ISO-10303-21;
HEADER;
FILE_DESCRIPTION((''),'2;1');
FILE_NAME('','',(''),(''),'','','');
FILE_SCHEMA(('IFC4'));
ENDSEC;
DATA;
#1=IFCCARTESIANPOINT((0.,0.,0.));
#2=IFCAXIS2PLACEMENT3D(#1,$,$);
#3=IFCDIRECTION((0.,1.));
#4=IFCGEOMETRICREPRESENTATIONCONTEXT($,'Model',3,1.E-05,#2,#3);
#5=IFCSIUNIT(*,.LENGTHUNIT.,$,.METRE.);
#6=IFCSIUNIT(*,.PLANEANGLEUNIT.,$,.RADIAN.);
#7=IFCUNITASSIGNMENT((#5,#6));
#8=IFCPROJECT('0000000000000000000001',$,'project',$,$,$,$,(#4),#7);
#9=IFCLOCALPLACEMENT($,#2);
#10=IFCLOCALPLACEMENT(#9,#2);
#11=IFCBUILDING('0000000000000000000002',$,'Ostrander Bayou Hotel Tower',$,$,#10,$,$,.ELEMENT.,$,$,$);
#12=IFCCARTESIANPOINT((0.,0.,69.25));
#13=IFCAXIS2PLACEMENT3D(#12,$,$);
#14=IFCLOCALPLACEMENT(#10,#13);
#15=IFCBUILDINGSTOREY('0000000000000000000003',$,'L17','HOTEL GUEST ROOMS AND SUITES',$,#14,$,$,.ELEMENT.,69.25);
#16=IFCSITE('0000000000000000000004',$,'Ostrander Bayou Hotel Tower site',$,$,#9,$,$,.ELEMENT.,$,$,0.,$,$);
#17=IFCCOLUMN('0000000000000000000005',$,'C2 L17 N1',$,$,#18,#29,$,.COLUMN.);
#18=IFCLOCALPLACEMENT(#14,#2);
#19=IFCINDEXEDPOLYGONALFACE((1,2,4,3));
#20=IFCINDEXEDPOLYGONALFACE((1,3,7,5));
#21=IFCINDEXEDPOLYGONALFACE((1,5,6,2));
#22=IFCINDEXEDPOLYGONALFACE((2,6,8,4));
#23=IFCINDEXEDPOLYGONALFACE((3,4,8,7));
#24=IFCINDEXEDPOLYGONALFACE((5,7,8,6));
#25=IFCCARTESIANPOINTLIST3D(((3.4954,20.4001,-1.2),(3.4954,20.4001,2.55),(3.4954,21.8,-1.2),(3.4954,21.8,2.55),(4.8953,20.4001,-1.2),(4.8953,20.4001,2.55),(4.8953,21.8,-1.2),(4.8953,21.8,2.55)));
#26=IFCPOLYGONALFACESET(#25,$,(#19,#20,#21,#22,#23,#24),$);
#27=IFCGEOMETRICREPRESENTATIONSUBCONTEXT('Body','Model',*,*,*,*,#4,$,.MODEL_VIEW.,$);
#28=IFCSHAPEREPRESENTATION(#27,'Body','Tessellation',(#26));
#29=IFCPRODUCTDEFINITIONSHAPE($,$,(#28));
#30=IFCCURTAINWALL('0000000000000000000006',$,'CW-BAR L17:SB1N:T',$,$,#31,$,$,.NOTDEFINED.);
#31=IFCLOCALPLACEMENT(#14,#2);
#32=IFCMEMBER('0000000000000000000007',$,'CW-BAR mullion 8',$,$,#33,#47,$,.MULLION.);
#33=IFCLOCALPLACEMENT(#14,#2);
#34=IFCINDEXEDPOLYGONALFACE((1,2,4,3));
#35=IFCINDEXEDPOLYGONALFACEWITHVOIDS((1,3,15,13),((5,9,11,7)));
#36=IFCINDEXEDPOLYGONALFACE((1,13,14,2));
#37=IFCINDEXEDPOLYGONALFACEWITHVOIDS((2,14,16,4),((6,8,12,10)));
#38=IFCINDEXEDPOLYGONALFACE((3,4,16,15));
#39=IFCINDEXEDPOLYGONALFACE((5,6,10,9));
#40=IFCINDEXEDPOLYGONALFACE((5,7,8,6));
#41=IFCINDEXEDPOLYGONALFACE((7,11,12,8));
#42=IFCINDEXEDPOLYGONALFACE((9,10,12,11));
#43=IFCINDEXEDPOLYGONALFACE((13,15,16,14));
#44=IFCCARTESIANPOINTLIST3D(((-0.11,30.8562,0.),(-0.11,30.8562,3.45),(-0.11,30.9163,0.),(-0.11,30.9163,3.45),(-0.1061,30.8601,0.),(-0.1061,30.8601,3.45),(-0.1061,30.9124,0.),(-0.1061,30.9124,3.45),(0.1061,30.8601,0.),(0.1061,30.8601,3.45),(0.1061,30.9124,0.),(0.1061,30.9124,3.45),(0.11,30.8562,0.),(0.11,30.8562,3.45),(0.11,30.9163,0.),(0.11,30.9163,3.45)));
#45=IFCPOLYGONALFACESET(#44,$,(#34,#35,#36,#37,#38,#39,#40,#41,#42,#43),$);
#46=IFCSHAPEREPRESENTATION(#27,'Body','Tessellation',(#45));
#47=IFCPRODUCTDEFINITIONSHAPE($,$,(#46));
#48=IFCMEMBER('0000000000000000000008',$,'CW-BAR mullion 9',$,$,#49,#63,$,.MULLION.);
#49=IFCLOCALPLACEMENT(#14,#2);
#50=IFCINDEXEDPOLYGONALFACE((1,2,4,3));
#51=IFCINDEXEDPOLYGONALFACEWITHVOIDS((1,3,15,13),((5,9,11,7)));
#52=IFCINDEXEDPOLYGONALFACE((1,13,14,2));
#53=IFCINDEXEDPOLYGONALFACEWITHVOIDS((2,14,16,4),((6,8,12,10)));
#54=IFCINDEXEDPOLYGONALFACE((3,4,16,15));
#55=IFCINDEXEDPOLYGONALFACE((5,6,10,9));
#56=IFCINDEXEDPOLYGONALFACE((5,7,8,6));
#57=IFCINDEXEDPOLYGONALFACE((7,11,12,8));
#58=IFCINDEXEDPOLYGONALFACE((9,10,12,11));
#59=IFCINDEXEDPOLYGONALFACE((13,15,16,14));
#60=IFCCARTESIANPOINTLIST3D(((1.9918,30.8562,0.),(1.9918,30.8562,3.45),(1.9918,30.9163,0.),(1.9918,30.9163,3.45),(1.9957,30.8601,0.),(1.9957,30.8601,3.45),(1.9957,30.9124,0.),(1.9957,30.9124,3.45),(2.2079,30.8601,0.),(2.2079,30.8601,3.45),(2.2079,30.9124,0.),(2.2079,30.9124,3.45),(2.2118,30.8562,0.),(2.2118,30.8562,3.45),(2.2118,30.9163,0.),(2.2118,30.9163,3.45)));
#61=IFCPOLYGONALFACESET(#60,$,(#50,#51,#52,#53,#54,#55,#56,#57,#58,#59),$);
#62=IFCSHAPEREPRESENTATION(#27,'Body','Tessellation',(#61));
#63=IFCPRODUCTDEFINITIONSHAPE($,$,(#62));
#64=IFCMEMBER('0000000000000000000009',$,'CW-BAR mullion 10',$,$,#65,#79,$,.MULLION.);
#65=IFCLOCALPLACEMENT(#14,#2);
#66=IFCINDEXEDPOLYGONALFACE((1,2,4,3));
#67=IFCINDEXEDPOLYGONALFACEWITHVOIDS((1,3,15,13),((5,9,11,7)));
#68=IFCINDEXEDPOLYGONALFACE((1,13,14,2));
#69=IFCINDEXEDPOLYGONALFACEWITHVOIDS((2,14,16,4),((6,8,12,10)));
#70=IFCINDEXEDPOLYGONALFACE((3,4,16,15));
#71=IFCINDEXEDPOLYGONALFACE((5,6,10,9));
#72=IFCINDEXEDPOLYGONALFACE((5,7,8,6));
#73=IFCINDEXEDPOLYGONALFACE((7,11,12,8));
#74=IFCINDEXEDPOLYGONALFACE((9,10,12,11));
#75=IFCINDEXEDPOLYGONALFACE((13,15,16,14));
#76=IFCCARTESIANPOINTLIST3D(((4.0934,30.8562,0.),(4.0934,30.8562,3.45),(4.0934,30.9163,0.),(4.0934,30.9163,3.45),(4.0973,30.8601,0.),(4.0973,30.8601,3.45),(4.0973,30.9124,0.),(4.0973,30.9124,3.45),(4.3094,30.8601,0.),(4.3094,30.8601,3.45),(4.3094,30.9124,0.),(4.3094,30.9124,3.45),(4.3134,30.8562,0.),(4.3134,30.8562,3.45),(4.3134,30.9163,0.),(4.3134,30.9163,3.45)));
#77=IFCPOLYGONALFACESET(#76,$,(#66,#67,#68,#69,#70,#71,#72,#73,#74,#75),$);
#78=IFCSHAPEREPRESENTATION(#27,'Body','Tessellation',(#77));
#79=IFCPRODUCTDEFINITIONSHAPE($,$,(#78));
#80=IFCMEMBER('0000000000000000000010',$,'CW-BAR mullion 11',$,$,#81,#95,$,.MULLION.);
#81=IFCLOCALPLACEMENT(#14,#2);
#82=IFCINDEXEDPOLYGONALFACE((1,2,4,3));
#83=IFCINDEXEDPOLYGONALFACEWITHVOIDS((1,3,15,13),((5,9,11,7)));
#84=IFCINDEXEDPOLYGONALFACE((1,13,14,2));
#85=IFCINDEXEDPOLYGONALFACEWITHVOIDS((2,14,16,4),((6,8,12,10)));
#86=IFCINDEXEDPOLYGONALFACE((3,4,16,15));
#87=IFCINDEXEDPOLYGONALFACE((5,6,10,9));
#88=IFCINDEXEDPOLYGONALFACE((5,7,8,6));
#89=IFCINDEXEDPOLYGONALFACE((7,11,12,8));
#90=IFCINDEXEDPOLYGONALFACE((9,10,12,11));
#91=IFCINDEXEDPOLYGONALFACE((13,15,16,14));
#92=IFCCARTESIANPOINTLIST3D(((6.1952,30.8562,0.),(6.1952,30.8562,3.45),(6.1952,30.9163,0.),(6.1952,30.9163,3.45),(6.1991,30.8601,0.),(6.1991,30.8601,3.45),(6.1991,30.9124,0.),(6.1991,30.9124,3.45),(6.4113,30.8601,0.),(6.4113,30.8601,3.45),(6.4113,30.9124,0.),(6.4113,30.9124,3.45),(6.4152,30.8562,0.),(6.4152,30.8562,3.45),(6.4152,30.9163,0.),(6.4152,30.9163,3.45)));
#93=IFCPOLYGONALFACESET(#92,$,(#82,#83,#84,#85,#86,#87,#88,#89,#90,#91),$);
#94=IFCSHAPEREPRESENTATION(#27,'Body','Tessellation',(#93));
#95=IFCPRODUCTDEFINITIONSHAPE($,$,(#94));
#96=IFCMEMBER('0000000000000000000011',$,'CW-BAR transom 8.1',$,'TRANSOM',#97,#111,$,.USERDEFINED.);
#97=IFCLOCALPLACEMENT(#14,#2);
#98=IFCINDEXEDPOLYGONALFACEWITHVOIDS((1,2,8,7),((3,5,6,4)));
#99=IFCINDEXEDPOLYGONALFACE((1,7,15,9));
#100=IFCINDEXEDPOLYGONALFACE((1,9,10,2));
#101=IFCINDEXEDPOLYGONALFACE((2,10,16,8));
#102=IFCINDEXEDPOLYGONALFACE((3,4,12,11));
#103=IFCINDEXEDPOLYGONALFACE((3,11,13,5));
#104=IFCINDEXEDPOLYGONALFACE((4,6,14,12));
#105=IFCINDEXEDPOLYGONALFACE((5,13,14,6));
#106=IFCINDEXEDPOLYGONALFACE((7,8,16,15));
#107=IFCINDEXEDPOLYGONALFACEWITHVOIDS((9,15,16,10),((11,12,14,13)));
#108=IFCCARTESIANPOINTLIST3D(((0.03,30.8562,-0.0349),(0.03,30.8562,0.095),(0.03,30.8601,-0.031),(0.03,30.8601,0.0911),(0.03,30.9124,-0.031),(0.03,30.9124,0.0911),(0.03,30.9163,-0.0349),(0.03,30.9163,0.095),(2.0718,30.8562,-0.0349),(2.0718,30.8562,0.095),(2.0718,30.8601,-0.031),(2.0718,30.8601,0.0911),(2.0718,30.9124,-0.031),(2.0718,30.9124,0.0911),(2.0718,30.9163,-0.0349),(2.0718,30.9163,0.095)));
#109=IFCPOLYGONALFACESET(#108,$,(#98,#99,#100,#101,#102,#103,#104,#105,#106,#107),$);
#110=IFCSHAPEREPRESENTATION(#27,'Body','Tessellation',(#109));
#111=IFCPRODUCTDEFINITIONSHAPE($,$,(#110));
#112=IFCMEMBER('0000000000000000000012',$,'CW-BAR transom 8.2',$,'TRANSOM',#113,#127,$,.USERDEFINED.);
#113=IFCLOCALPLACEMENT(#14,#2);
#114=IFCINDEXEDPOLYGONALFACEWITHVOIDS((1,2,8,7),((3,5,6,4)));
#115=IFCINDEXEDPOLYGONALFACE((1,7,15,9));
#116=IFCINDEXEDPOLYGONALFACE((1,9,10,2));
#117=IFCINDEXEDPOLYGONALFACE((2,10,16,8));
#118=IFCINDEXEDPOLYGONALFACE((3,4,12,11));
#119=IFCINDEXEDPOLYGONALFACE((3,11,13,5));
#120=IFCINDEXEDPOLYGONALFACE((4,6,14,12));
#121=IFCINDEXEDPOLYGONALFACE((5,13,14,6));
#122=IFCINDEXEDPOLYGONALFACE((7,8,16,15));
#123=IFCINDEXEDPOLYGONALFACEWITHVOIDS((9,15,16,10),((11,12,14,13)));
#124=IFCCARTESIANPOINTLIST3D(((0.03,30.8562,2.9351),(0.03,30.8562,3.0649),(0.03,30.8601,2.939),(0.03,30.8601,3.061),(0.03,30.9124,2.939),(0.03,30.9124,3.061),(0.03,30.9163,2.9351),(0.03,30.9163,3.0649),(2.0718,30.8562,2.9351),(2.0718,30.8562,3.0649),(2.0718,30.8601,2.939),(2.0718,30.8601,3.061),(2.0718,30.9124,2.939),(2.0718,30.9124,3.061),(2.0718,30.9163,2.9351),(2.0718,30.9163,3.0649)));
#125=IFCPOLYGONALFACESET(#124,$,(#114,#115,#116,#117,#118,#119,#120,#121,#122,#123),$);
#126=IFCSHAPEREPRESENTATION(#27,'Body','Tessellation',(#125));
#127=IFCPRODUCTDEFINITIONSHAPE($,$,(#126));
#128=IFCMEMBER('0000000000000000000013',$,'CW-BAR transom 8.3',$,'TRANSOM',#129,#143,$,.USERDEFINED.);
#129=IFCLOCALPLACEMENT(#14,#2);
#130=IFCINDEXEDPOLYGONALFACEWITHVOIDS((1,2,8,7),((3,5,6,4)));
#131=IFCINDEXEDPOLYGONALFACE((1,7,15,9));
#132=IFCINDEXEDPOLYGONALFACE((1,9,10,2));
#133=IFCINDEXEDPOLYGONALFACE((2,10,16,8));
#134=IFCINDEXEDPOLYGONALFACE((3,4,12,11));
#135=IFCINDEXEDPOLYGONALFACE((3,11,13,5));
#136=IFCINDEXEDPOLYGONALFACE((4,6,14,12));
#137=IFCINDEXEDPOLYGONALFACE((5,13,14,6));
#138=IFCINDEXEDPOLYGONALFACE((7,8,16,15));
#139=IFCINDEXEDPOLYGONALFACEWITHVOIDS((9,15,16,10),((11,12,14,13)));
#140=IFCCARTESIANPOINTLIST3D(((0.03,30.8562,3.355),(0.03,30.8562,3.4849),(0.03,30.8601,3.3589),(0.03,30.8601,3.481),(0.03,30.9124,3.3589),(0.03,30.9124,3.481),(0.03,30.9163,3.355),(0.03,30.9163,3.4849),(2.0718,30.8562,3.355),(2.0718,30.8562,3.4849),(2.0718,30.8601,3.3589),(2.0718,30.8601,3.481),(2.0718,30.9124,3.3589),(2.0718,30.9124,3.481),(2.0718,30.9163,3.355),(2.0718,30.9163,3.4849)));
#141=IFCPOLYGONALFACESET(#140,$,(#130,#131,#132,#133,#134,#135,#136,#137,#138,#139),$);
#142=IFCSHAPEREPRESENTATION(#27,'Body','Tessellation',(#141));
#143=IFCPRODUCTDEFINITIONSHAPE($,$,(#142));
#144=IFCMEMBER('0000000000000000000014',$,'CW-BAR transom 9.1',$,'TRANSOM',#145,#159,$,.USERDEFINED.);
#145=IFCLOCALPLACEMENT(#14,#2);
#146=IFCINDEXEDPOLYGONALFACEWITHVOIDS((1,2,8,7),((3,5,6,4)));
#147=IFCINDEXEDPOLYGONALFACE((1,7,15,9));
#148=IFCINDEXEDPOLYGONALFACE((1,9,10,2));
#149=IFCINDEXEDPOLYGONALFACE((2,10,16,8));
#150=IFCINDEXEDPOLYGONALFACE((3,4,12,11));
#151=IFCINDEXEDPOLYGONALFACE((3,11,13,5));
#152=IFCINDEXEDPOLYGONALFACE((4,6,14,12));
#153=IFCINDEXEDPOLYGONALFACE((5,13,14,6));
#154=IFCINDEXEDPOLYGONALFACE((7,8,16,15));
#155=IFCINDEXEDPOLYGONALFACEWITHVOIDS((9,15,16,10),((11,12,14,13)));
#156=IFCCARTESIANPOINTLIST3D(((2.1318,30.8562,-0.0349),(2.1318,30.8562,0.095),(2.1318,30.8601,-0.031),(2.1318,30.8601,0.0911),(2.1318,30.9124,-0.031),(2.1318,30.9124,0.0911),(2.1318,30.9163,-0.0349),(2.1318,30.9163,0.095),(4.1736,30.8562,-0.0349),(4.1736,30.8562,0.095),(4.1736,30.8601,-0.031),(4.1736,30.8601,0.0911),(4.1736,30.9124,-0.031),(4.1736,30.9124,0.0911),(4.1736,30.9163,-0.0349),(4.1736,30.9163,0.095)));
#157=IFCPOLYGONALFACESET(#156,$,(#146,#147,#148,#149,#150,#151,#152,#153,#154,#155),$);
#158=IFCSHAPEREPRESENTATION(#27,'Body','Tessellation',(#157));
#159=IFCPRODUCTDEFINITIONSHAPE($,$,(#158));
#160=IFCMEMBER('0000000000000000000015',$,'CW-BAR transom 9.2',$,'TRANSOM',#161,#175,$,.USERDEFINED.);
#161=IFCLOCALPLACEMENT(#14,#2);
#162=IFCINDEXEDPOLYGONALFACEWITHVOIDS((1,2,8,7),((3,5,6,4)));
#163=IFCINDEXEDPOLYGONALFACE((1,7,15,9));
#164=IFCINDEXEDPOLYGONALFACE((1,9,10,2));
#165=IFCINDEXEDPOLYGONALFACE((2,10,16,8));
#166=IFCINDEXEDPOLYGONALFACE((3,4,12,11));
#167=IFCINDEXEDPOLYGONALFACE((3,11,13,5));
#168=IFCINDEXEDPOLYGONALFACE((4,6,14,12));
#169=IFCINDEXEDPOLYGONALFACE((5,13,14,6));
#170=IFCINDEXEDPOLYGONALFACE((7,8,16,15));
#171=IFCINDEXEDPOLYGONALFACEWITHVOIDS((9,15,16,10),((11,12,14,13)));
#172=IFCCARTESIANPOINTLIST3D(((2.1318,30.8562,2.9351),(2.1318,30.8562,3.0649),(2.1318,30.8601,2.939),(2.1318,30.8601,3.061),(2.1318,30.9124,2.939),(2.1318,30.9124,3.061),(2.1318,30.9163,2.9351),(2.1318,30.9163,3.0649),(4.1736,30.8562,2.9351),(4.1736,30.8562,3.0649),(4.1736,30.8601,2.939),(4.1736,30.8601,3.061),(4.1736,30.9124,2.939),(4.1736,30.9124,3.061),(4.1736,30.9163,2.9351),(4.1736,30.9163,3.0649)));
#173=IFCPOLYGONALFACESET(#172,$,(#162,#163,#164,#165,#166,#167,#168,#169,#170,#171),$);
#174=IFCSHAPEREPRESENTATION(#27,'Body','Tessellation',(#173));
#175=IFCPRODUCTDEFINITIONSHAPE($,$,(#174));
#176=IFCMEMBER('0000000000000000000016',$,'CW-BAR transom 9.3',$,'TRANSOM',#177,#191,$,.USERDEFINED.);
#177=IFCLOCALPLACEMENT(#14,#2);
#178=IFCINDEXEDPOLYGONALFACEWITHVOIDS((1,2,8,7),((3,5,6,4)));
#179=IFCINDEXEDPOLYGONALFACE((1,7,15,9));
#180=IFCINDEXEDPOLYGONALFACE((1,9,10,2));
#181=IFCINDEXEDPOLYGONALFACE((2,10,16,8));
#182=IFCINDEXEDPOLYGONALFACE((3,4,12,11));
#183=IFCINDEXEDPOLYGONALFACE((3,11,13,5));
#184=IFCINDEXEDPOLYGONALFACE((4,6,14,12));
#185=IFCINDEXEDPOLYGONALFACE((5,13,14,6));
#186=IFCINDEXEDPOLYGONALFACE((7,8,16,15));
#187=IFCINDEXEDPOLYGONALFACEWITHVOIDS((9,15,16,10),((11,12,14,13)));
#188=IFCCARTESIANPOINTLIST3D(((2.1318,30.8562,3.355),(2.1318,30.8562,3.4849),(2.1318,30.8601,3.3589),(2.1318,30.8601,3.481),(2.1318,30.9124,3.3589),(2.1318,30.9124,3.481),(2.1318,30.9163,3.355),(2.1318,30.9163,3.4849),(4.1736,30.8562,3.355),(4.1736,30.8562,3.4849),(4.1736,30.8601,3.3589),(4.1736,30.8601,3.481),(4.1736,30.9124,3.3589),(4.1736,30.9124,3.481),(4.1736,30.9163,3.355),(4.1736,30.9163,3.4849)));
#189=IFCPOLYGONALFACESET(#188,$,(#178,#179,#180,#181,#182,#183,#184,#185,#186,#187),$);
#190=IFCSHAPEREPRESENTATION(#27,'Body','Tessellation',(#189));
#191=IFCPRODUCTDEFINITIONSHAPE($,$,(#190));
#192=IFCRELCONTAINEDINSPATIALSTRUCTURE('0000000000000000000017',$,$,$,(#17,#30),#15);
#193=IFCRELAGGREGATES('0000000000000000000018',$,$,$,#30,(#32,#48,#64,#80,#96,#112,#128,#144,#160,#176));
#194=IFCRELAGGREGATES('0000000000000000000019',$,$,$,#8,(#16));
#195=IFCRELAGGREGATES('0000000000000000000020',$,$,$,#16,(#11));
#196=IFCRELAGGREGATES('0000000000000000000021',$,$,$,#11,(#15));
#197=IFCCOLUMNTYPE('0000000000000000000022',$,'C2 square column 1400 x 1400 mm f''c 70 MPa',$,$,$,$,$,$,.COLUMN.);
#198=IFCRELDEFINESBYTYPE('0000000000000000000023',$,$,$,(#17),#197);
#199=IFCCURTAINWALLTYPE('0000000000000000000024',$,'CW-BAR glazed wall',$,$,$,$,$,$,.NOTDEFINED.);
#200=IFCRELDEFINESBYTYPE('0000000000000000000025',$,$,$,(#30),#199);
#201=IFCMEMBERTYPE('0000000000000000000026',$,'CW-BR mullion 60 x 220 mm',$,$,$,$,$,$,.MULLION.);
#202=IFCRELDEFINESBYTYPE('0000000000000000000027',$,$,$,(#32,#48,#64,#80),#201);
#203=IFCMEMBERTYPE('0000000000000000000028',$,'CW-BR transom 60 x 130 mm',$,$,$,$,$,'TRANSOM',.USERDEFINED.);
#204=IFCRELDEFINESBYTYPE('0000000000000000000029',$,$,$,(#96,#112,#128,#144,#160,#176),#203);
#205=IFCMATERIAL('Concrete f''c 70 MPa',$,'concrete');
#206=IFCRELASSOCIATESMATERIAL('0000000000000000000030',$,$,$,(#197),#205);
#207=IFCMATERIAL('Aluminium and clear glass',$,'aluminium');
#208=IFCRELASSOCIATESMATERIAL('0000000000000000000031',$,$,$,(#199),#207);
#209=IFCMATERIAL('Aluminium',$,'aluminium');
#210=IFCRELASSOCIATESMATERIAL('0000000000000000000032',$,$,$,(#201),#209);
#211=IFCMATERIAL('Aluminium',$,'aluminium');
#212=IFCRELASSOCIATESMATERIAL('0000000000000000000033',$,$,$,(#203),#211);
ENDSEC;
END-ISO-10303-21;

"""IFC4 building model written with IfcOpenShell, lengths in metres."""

from ifc_helpers import new_model, si_unit, direction, frame, origin, origin_2d, place, context, subcontext, project, spatial, rectangle, hollow_rectangle, extrude, material, material_profile, profile_set, type_object, element, aggregate, save


model = new_model("IFC4")

# Units and contexts
model_context = context("Model", 3, precision=1e-05, world=origin(), true_north=direction((0.0, 1.0)))
body_context = subcontext(model_context, "Body", "Model", "MODEL_VIEW")
ifc_project = project(units=[si_unit("LENGTHUNIT", "METRE"), si_unit("PLANEANGLEUNIT", "RADIAN")], contexts=[model_context])

# Site, building, storey
site_placement = place(None, origin())
site = spatial("IfcSite", under=ifc_project, at=site_placement, Name="Ostrander Bayou Hotel Tower site", CompositionType="ELEMENT", RefElevation=0.0)
building_placement = place(site_placement, origin())
building = spatial("IfcBuilding", under=site, at=building_placement, Name="Ostrander Bayou Hotel Tower", CompositionType="ELEMENT")
storey_placement = place(building_placement, frame((0.0, 0.0, 69.25)))
storey = spatial("IfcBuildingStorey", under=building, at=storey_placement, Name="L17", Description="HOTEL GUEST ROOMS AND SUITES", CompositionType="ELEMENT", Elevation=69.25)

# Column
ifc_material_1 = material(Name="Concrete f'c 70 MPa", Category="concrete")
ifc_material_profile_1 = material_profile(ifc_material_1, rectangle(XDim=1.3999, YDim=1.3999, at=origin_2d()))
ifc_profile_set_1 = profile_set([ifc_material_profile_1], Name="Concrete f'c 70 MPa")
column_type = type_object("IfcColumnType", Name="C2 square column 1400 x 1400 mm f'c 70 MPa", PredefinedType="COLUMN", material=ifc_profile_set_1)
column_placement = place(storey_placement, frame((4.1953, 21.1001, -1.2), z_axis=(0.0, 0.0, 1.0), x_axis=(1.0, 0.0, 0.0)))
element("IfcColumn", 1, at=column_placement, inside=storey, type_object=column_type, Name="C2 L17 N1", PredefinedType="COLUMN", context=body_context, shape_type="SweptSolid", body=[
    extrude(rectangle(XDim=1.3999, YDim=1.3999, at=origin_2d()), origin(), (0.0, 0.0, 1.0), 3.75),
])

# Curtain wall, members
ifc_material_2 = material(Name="Aluminium and clear glass", Category="aluminium")
curtain_wall_type = type_object("IfcCurtainWallType", Name="CW-BAR glazed wall", PredefinedType="NOTDEFINED", material=ifc_material_2)
curtain_wall_placement = place(storey_placement, origin())
curtain_wall = element("IfcCurtainWall", 2, at=curtain_wall_placement, inside=storey, type_object=curtain_wall_type, Name="CW-BAR L17:SB1N:T", PredefinedType="NOTDEFINED")
ifc_material_3 = material(Name="Aluminium", Category="aluminium")
ifc_material_profile_2 = material_profile(ifc_material_3, hollow_rectangle(XDim=0.0601, YDim=0.22, WallThickness=0.0039, at=origin_2d()))
ifc_profile_set_2 = profile_set([ifc_material_profile_2], Name="Aluminium")
member_type_1 = type_object("IfcMemberType", Name="CW-BR mullion 60 x 220 mm", PredefinedType="MULLION", material=ifc_profile_set_2)
member_1_placement = place(storey_placement, frame((0.0, 30.8862, 0.0), z_axis=(0.0, 0.0, 1.0), x_axis=(0.0, 1.0, 0.0)))
member_1 = element("IfcMember", 3, at=member_1_placement, type_object=member_type_1, Name="CW-BAR mullion 8", PredefinedType="MULLION", context=body_context, shape_type="SweptSolid", body=[
    extrude(hollow_rectangle(XDim=0.0601, YDim=0.22, WallThickness=0.0039, at=origin_2d()), origin(), (0.0, 0.0, 1.0), 3.45),
])
member_2_placement = place(storey_placement, frame((2.1018, 30.8862, 0.0), z_axis=(0.0, 0.0, 1.0), x_axis=(0.0, 1.0, 0.0)))
member_2 = element("IfcMember", 4, at=member_2_placement, type_object=member_type_1, Name="CW-BAR mullion 9", PredefinedType="MULLION", context=body_context, shape_type="SweptSolid", body=[
    extrude(hollow_rectangle(XDim=0.0601, YDim=0.22, WallThickness=0.0039, at=origin_2d()), origin(), (0.0, 0.0, 1.0), 3.45),
])
member_3_placement = place(storey_placement, frame((4.2034, 30.8862, 0.0), z_axis=(0.0, 0.0, 1.0), x_axis=(0.0, 1.0, 0.0)))
member_3 = element("IfcMember", 5, at=member_3_placement, type_object=member_type_1, Name="CW-BAR mullion 10", PredefinedType="MULLION", context=body_context, shape_type="SweptSolid", body=[
    extrude(hollow_rectangle(XDim=0.0601, YDim=0.22, WallThickness=0.0039, at=origin_2d()), origin(), (0.0, 0.0, 1.0), 3.45),
])
member_4_placement = place(storey_placement, frame((6.3052, 30.8862, 0.0), z_axis=(0.0, 0.0, 1.0), x_axis=(0.0, 1.0, 0.0)))
member_4 = element("IfcMember", 6, at=member_4_placement, type_object=member_type_1, Name="CW-BAR mullion 11", PredefinedType="MULLION", context=body_context, shape_type="SweptSolid", body=[
    extrude(hollow_rectangle(XDim=0.0601, YDim=0.22, WallThickness=0.0039, at=origin_2d()), origin(), (0.0, 0.0, 1.0), 3.45),
])
ifc_material_4 = material(Name="Aluminium", Category="aluminium")
ifc_material_profile_3 = material_profile(ifc_material_4, hollow_rectangle(XDim=0.0601, YDim=0.1299, WallThickness=0.0039, at=origin_2d()))
ifc_profile_set_3 = profile_set([ifc_material_profile_3], Name="Aluminium")
member_type_2 = type_object("IfcMemberType", Name="CW-BR transom 60 x 130 mm", ElementType="TRANSOM", PredefinedType="USERDEFINED", material=ifc_profile_set_3)
member_5_placement = place(storey_placement, frame((0.03, 30.8862, 0.03), z_axis=(1.0, 0.0, 0.0), x_axis=(0.0, 1.0, 0.0)))
member_5 = element("IfcMember", 7, at=member_5_placement, type_object=member_type_2, Name="CW-BAR transom 8.1", ObjectType="TRANSOM", PredefinedType="USERDEFINED", context=body_context, shape_type="SweptSolid", body=[
    extrude(hollow_rectangle(XDim=0.0601, YDim=0.1299, WallThickness=0.0039, at=origin_2d()), origin(), (0.0, 0.0, 1.0), 2.0417),
])
member_6_placement = place(storey_placement, frame((0.03, 30.8862, 3.0), z_axis=(1.0, 0.0, 0.0), x_axis=(0.0, 1.0, 0.0)))
member_6 = element("IfcMember", 8, at=member_6_placement, type_object=member_type_2, Name="CW-BAR transom 8.2", ObjectType="TRANSOM", PredefinedType="USERDEFINED", context=body_context, shape_type="SweptSolid", body=[
    extrude(hollow_rectangle(XDim=0.0601, YDim=0.1299, WallThickness=0.0039, at=origin_2d()), origin(), (0.0, 0.0, 1.0), 2.0417),
])
member_7_placement = place(storey_placement, frame((0.03, 30.8862, 3.4199), z_axis=(1.0, 0.0, 0.0), x_axis=(0.0, 1.0, 0.0)))
member_7 = element("IfcMember", 9, at=member_7_placement, type_object=member_type_2, Name="CW-BAR transom 8.3", ObjectType="TRANSOM", PredefinedType="USERDEFINED", context=body_context, shape_type="SweptSolid", body=[
    extrude(hollow_rectangle(XDim=0.0601, YDim=0.1299, WallThickness=0.0039, at=origin_2d()), origin(), (0.0, 0.0, 1.0), 2.0417),
])
member_8_placement = place(storey_placement, frame((2.1318, 30.8862, 0.03), z_axis=(1.0, 0.0, 0.0), x_axis=(0.0, 1.0, 0.0)))
member_8 = element("IfcMember", 10, at=member_8_placement, type_object=member_type_2, Name="CW-BAR transom 9.1", ObjectType="TRANSOM", PredefinedType="USERDEFINED", context=body_context, shape_type="SweptSolid", body=[
    extrude(hollow_rectangle(XDim=0.0601, YDim=0.1299, WallThickness=0.0039, at=origin_2d()), origin(), (0.0, 0.0, 1.0), 2.0417),
])
member_9_placement = place(storey_placement, frame((2.1318, 30.8862, 3.0), z_axis=(1.0, 0.0, 0.0), x_axis=(0.0, 1.0, 0.0)))
member_9 = element("IfcMember", 11, at=member_9_placement, type_object=member_type_2, Name="CW-BAR transom 9.2", ObjectType="TRANSOM", PredefinedType="USERDEFINED", context=body_context, shape_type="SweptSolid", body=[
    extrude(hollow_rectangle(XDim=0.0601, YDim=0.1299, WallThickness=0.0039, at=origin_2d()), origin(), (0.0, 0.0, 1.0), 2.0417),
])
member_10_placement = place(storey_placement, frame((2.1318, 30.8862, 3.4199), z_axis=(1.0, 0.0, 0.0), x_axis=(0.0, 1.0, 0.0)))
member_10 = element("IfcMember", 12, at=member_10_placement, type_object=member_type_2, Name="CW-BAR transom 9.3", ObjectType="TRANSOM", PredefinedType="USERDEFINED", context=body_context, shape_type="SweptSolid", body=[
    extrude(hollow_rectangle(XDim=0.0601, YDim=0.1299, WallThickness=0.0039, at=origin_2d()), origin(), (0.0, 0.0, 1.0), 2.0417),
])
aggregate(curtain_wall, [member_1, member_2, member_3, member_4, member_5, member_6, member_7, member_8, member_9, member_10])

save(model, "model.ifc")
